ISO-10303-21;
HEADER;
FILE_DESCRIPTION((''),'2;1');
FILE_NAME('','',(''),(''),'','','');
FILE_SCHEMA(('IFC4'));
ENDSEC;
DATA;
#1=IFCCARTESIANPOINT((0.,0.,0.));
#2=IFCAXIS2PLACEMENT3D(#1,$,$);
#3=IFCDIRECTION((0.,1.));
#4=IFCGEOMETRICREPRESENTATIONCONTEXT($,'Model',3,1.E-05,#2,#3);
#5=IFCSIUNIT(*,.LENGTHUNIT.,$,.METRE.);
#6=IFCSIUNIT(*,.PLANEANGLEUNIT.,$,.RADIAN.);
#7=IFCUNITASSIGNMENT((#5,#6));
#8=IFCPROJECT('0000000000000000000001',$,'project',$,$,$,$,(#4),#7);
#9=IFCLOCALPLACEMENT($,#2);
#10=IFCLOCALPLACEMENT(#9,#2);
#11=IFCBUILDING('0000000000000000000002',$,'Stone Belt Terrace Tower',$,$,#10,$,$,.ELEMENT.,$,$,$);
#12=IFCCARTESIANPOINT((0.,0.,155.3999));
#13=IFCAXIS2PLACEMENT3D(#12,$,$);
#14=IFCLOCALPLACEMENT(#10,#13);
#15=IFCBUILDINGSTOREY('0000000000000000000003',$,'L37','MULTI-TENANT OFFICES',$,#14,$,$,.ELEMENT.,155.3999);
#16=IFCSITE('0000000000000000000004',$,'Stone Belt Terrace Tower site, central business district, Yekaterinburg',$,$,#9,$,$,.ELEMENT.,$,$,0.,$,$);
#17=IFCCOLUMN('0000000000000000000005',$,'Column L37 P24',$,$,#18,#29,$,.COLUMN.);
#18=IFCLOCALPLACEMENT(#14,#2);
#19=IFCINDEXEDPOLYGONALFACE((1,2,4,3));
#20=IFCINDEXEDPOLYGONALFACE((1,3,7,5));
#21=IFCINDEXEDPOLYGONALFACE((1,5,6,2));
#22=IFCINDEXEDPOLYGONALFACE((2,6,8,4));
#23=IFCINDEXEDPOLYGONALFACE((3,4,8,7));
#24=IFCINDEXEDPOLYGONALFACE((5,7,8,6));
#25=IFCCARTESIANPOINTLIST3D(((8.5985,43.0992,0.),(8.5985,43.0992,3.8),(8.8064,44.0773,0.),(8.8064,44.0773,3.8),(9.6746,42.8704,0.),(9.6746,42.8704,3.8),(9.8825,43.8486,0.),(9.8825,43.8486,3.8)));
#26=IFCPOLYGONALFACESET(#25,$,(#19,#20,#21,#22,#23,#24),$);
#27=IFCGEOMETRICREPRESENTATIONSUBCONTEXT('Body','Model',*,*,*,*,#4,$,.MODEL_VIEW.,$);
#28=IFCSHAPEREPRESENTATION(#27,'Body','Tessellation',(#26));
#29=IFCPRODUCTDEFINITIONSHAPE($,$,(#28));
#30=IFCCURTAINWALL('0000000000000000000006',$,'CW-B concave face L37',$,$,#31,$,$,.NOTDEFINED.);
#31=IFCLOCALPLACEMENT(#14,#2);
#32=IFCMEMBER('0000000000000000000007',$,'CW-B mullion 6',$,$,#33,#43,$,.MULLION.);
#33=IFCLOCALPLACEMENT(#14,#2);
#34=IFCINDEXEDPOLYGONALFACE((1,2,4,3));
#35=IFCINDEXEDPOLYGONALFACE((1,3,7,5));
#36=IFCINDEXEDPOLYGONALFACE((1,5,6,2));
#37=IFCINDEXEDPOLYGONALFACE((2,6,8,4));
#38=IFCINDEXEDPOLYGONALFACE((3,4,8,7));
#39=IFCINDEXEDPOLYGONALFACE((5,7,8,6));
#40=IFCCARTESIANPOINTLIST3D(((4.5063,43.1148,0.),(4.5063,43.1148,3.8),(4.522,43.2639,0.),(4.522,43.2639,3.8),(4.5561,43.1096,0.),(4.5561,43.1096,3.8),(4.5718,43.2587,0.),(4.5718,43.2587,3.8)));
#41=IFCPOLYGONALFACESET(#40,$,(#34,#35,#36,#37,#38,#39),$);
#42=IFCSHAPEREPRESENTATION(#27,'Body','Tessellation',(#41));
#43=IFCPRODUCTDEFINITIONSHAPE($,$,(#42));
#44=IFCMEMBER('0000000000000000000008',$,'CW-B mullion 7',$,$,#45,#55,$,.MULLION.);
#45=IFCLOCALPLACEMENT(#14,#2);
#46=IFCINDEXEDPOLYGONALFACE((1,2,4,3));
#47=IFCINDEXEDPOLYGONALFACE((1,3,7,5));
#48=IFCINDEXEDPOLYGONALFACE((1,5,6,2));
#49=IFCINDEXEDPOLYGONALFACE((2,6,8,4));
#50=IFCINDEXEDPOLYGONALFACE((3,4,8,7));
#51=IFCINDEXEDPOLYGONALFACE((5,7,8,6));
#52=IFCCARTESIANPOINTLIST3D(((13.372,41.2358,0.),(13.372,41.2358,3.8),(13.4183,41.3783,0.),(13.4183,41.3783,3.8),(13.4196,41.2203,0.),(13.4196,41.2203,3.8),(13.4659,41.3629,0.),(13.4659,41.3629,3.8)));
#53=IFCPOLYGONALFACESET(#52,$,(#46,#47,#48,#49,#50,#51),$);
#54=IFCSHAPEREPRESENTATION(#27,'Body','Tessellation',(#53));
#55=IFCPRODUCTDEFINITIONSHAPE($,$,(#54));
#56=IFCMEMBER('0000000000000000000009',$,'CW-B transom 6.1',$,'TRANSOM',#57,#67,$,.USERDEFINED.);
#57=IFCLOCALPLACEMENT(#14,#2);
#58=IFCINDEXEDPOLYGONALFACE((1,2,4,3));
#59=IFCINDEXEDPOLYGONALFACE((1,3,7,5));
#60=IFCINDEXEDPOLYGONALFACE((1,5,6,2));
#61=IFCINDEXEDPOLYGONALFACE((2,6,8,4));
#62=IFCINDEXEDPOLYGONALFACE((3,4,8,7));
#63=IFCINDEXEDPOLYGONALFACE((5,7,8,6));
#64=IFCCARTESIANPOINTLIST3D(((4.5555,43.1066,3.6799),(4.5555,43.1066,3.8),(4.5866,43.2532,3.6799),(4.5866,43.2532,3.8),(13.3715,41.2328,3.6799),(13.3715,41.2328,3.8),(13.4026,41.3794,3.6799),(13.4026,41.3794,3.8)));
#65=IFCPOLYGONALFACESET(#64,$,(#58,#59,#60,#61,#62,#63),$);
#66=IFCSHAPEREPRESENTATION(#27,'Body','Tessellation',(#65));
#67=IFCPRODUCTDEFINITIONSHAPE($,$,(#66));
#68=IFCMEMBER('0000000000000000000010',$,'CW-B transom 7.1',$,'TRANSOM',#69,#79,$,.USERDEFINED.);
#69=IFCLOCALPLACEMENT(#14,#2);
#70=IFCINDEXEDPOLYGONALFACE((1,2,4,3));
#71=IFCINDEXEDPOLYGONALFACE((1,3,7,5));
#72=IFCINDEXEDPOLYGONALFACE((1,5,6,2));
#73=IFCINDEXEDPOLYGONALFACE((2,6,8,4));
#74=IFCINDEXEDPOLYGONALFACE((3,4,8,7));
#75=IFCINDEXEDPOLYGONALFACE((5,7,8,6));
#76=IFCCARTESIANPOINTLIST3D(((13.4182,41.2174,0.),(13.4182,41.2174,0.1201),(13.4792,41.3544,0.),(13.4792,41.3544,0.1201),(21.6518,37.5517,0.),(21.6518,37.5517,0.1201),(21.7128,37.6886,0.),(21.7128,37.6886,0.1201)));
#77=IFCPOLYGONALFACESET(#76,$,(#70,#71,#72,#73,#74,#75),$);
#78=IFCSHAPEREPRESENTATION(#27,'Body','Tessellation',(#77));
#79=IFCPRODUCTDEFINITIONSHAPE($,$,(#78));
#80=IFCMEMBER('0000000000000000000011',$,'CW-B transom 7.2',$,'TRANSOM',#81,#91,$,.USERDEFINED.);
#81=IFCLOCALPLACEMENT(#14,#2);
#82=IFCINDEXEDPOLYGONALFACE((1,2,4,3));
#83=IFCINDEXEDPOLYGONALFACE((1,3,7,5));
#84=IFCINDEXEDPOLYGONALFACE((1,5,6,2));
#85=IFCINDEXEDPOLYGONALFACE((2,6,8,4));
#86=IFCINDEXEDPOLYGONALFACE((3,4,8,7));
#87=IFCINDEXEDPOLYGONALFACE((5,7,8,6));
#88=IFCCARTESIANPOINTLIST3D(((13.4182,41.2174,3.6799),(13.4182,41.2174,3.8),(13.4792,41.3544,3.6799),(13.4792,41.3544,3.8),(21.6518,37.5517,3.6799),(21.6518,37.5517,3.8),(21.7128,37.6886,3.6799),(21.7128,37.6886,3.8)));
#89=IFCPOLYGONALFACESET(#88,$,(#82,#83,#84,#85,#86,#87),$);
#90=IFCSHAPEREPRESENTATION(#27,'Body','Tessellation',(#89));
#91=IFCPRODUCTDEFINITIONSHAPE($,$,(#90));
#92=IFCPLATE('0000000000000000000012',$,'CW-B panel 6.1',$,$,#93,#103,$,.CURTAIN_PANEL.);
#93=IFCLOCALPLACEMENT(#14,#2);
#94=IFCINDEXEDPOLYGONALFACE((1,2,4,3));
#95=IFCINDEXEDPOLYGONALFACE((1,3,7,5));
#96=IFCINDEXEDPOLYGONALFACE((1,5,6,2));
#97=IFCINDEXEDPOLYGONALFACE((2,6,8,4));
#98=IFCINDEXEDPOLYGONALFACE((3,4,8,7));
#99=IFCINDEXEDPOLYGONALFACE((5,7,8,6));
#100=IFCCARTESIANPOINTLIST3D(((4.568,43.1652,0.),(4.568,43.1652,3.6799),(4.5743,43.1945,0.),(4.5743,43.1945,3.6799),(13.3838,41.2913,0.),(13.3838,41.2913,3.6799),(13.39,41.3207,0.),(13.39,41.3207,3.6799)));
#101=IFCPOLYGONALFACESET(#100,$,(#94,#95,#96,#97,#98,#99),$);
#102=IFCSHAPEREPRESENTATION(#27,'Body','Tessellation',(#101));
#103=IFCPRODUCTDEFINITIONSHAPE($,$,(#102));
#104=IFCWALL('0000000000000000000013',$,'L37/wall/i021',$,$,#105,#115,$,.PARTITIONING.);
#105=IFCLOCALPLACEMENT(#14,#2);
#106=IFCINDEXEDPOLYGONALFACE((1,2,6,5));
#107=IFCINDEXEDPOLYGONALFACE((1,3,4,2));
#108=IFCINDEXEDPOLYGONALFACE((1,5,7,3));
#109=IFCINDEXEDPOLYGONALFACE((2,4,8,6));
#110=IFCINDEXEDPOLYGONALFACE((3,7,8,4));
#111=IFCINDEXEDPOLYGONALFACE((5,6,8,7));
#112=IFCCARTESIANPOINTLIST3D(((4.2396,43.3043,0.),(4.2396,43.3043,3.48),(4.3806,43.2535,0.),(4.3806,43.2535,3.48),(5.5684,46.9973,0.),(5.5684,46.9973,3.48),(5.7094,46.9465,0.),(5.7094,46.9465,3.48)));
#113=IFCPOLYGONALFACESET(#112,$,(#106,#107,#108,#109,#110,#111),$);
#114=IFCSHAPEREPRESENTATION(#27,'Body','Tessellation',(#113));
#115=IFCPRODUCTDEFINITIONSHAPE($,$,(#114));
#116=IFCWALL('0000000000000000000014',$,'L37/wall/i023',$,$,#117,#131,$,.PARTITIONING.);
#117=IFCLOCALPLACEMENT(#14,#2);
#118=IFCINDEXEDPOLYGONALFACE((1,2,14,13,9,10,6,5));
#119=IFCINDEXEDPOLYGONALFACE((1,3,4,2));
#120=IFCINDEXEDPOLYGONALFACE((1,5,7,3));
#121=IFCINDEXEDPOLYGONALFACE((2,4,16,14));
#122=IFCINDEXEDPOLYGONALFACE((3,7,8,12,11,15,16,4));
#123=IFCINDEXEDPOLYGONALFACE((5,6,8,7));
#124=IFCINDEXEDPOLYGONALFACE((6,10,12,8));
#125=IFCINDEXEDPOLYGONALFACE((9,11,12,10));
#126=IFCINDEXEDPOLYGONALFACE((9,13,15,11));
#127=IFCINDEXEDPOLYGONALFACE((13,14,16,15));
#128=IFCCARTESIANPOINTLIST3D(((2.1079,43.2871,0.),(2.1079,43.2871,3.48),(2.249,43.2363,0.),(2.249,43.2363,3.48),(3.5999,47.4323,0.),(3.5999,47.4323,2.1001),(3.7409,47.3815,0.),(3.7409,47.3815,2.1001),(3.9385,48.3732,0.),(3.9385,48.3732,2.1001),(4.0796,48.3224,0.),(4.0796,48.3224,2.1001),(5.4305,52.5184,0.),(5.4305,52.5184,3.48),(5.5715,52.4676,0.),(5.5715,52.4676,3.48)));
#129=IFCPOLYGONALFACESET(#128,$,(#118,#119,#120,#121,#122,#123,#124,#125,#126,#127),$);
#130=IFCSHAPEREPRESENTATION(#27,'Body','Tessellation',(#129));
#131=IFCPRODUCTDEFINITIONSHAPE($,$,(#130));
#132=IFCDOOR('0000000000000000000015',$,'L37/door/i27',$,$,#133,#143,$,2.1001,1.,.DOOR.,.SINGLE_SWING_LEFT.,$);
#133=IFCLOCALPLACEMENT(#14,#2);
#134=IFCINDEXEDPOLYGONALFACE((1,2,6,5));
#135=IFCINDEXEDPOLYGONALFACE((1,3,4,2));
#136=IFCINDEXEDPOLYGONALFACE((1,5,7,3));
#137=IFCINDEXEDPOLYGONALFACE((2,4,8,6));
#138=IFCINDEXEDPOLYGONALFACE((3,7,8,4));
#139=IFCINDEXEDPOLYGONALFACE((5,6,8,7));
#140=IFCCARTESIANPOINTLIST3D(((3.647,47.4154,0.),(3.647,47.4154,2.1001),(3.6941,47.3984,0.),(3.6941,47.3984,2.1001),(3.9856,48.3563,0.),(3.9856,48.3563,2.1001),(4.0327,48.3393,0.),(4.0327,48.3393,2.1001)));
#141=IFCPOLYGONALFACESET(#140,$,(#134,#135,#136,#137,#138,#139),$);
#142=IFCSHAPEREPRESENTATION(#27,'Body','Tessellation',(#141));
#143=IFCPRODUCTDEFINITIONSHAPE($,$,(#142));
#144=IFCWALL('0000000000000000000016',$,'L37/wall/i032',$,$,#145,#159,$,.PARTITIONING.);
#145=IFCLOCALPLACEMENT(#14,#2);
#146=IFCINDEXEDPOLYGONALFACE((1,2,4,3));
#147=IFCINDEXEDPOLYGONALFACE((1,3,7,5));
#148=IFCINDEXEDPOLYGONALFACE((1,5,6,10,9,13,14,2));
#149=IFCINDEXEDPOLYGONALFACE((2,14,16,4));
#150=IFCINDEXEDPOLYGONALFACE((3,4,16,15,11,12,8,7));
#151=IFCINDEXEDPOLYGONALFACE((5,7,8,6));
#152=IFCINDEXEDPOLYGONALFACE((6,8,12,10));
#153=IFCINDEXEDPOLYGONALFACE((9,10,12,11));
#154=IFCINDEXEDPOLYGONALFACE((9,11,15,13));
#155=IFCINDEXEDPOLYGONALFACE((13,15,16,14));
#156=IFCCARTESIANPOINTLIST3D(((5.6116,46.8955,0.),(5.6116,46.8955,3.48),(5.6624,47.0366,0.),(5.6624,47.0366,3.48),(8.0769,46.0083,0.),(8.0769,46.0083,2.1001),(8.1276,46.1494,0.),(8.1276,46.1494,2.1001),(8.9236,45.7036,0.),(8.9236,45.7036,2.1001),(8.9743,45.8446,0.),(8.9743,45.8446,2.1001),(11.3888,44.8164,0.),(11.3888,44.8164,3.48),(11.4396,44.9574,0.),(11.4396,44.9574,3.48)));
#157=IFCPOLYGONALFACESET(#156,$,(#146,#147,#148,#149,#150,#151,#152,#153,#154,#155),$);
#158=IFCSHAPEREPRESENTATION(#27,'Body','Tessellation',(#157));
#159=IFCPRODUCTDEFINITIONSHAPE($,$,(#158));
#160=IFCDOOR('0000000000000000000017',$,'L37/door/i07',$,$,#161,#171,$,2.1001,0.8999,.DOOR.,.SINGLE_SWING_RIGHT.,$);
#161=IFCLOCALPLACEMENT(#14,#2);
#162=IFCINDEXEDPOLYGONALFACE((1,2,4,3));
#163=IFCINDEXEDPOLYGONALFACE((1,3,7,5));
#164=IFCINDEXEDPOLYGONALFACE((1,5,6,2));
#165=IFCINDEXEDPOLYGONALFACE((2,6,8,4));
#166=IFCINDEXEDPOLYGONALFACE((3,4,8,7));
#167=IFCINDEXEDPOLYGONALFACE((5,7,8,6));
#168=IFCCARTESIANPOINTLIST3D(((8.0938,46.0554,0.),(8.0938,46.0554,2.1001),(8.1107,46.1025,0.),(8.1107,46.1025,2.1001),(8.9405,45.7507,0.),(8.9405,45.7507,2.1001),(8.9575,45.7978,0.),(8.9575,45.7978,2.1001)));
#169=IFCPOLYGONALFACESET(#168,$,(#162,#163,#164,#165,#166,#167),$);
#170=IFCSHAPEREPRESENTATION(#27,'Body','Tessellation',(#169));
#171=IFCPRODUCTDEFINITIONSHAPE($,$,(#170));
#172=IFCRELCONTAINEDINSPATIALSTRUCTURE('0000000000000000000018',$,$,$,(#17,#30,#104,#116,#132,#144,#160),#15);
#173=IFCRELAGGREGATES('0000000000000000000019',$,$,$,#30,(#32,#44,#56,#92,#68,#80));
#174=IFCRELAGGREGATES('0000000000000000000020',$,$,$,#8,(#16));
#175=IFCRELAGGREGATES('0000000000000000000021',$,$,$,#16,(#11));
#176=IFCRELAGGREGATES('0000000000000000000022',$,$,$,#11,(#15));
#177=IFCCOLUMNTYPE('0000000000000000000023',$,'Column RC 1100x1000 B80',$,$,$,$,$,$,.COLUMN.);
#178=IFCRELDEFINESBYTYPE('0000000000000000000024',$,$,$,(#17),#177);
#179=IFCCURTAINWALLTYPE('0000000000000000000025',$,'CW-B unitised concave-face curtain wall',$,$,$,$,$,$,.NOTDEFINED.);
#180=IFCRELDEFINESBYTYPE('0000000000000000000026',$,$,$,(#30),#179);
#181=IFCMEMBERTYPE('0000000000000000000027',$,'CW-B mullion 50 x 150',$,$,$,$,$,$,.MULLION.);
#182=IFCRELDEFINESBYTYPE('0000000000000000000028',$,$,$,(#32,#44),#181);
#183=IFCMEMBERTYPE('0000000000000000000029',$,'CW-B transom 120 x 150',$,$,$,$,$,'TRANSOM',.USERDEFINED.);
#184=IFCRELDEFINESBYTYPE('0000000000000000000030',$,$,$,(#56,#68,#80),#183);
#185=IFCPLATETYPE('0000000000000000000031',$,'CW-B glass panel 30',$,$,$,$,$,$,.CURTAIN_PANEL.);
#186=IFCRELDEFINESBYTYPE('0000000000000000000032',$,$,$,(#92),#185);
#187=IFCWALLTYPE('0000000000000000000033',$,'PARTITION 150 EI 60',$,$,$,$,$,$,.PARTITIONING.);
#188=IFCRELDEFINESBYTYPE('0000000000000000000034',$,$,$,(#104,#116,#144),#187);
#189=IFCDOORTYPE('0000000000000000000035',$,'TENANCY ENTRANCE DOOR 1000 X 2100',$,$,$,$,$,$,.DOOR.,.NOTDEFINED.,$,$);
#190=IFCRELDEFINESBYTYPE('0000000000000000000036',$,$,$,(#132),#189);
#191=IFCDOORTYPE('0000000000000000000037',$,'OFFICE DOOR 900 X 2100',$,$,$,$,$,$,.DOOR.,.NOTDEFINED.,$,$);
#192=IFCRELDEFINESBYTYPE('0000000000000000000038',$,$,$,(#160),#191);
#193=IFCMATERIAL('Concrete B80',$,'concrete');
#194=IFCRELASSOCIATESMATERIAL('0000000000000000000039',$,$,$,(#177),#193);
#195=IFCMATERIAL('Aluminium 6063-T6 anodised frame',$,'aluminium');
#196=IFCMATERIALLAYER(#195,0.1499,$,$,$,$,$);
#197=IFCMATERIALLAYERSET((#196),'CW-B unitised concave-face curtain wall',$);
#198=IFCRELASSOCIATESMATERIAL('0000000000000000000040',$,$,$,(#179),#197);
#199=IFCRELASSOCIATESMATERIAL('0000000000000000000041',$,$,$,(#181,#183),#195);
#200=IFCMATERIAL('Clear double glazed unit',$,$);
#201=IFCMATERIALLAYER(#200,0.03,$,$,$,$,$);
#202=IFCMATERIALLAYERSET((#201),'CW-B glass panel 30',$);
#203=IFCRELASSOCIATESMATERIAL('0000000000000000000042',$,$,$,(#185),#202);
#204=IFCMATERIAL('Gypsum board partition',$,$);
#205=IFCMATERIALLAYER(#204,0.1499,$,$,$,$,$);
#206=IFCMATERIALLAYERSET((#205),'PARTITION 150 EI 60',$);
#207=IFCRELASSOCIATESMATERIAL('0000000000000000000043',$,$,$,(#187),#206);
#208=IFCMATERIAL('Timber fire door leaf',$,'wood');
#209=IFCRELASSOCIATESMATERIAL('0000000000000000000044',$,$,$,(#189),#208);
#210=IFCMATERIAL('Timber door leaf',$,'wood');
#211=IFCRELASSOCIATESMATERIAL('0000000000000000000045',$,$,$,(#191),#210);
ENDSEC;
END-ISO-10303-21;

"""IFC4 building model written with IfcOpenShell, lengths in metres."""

from ifc_helpers import new_model, si_unit, direction, frame, frame_2d, origin, origin_2d, place, context, subcontext, project, spatial, rectangle, extrude, material, layer, layer_set, material_profile, profile_set, type_object, element, fill, aggregate, save


model = new_model("IFC4")

# Units and contexts
model_context = context("Model", 3, precision=1e-05, world=origin(), true_north=direction((0.0, 1.0)))
body_context = subcontext(model_context, "Body", "Model", "MODEL_VIEW")
ifc_project = project(units=[si_unit("LENGTHUNIT", "METRE"), si_unit("PLANEANGLEUNIT", "RADIAN")], contexts=[model_context])

# Site, building, storey
site_placement = place(None, origin())
site = spatial("IfcSite", under=ifc_project, at=site_placement, Name="Stone Belt Terrace Tower site, central business district, Yekaterinburg", CompositionType="ELEMENT", RefElevation=0.0)
building_placement = place(site_placement, origin())
building = spatial("IfcBuilding", under=site, at=building_placement, Name="Stone Belt Terrace Tower", CompositionType="ELEMENT")
storey_placement = place(building_placement, frame((0.0, 0.0, 155.3999)))
storey = spatial("IfcBuildingStorey", under=building, at=storey_placement, Name="L37", Description="MULTI-TENANT OFFICES", CompositionType="ELEMENT", Elevation=155.3999)

# Column
ifc_material_1 = material(Name="Concrete B80", Category="concrete")
ifc_material_profile_1 = material_profile(ifc_material_1, rectangle(XDim=1.1001, YDim=1.0, at=origin_2d()), Name="RC 1100x1000")
ifc_profile_set_1 = profile_set([ifc_material_profile_1], Name="Concrete B80")
column_type = type_object("IfcColumnType", Name="Column RC 1100x1000 B80", PredefinedType="COLUMN", material=ifc_profile_set_1)
column_placement = place(storey_placement, frame((9.2405, 43.4739, 0.0), z_axis=(0.0, 0.0, 1.0), x_axis=(0.978148, -0.207912, 0.0)))
element("IfcColumn", 1, at=column_placement, inside=storey, type_object=column_type, Name="Column L37 P24", PredefinedType="COLUMN", context=body_context, shape_type="SweptSolid", body=[
    extrude(rectangle(XDim=1.1001, YDim=1.0, at=origin_2d()), origin(), (0.0, 0.0, 1.0), 3.8),
])

# Curtain wall, members, plate
ifc_material_2 = material(Name="Aluminium 6063-T6 anodised frame", Category="aluminium")
ifc_layer_1 = layer(ifc_material_2, 0.1499)
ifc_layer_set_1 = layer_set([ifc_layer_1], Name="CW-B unitised concave-face curtain wall")
curtain_wall_type = type_object("IfcCurtainWallType", Name="CW-B unitised concave-face curtain wall", PredefinedType="NOTDEFINED", material=ifc_layer_set_1)
curtain_wall_placement = place(storey_placement, origin())
curtain_wall = element("IfcCurtainWall", 2, at=curtain_wall_placement, inside=storey, type_object=curtain_wall_type, Name="CW-B concave face L37", PredefinedType="NOTDEFINED")
ifc_material_profile_2 = material_profile(ifc_material_2, rectangle(XDim=0.1499, YDim=0.05, at=origin_2d()), Name="Aluminium 6063-T6 50x150")
ifc_profile_set_2 = profile_set([ifc_material_profile_2], Name="Aluminium 6063-T6 anodised frame")
member_type_1 = type_object("IfcMemberType", Name="CW-B mullion 50 x 150", PredefinedType="MULLION", material=ifc_profile_set_2)
member_1_placement = place(storey_placement, frame((4.5391, 43.1868, 0.0), z_axis=(0.0, 0.0, 1.0), x_axis=(0.104528, 0.994522, 0.0)))
member_1 = element("IfcMember", 3, at=member_1_placement, type_object=member_type_1, Name="CW-B mullion 6", PredefinedType="MULLION", context=body_context, shape_type="SweptSolid", body=[
    extrude(rectangle(XDim=0.1499, YDim=0.05, at=origin_2d()), origin(), (0.0, 0.0, 1.0), 3.8),
])
member_2_placement = place(storey_placement, frame((13.4189, 41.2993, 0.0), z_axis=(0.0, 0.0, 1.0), x_axis=(0.309017, 0.951057, 0.0)))
member_2 = element("IfcMember", 4, at=member_2_placement, type_object=member_type_1, Name="CW-B mullion 7", PredefinedType="MULLION", context=body_context, shape_type="SweptSolid", body=[
    extrude(rectangle(XDim=0.1499, YDim=0.05, at=origin_2d()), origin(), (0.0, 0.0, 1.0), 3.8),
])
ifc_material_profile_3 = material_profile(ifc_material_2, rectangle(XDim=0.1499, YDim=0.1201, at=origin_2d()), Name="Aluminium 6063-T6 150x120")
ifc_profile_set_3 = profile_set([ifc_material_profile_3], Name="Aluminium 6063-T6 anodised frame")
member_type_2 = type_object("IfcMemberType", Name="CW-B transom 120 x 150", ElementType="TRANSOM", PredefinedType="USERDEFINED", material=ifc_profile_set_3)
member_3_placement = place(storey_placement, frame((4.571, 43.1799, 3.74), z_axis=(0.97815, -0.207901, 0.0), x_axis=(0.207901, 0.97815, 0.0)))
member_3 = element("IfcMember", 5, at=member_3_placement, type_object=member_type_2, Name="CW-B transom 6.1", ObjectType="TRANSOM", PredefinedType="USERDEFINED", context=body_context, shape_type="SweptSolid", body=[
    extrude(rectangle(XDim=0.1499, YDim=0.1201, at=origin_2d()), origin(), (0.0, 0.0, 1.0), 9.0129),
])
member_4_placement = place(storey_placement, frame((13.4487, 41.2859, 0.0601), z_axis=(0.913549, -0.406729, 0.0), x_axis=(0.406729, 0.913549, 0.0)))
member_4 = element("IfcMember", 6, at=member_4_placement, type_object=member_type_2, Name="CW-B transom 7.1", ObjectType="TRANSOM", PredefinedType="USERDEFINED", context=body_context, shape_type="SweptSolid", body=[
    extrude(rectangle(XDim=0.1499, YDim=0.1201, at=origin_2d()), origin(), (0.0, 0.0, 1.0), 9.0127),
])
member_5_placement = place(storey_placement, frame((13.4487, 41.2859, 3.74), z_axis=(0.913549, -0.406729, 0.0), x_axis=(0.406729, 0.913549, 0.0)))
member_5 = element("IfcMember", 7, at=member_5_placement, type_object=member_type_2, Name="CW-B transom 7.2", ObjectType="TRANSOM", PredefinedType="USERDEFINED", context=body_context, shape_type="SweptSolid", body=[
    extrude(rectangle(XDim=0.1499, YDim=0.1201, at=origin_2d()), origin(), (0.0, 0.0, 1.0), 9.0127),
])
ifc_material_3 = material(Name="Clear double glazed unit")
ifc_layer_2 = layer(ifc_material_3, 0.03)
ifc_layer_set_2 = layer_set([ifc_layer_2], Name="CW-B glass panel 30")
plate_type = type_object("IfcPlateType", Name="CW-B glass panel 30", PredefinedType="CURTAIN_PANEL", material=ifc_layer_set_2)
plate_placement = place(storey_placement, frame((8.979, 42.2429, 0.0), z_axis=(0.0, 0.0, 1.0), x_axis=(0.978148, -0.207912, 0.0)))
plate = element("IfcPlate", 8, at=plate_placement, type_object=plate_type, Name="CW-B panel 6.1", PredefinedType="CURTAIN_PANEL", context=body_context, shape_type="SweptSolid", body=[
    extrude(rectangle(XDim=9.0127, YDim=0.03, at=origin_2d()), origin(), (0.0, 0.0, 1.0), 3.6799),
])
aggregate(curtain_wall, [member_1, member_2, member_3, plate, member_4, member_5])

# Wall
ifc_material_4 = material(Name="Gypsum board partition")
ifc_layer_3 = layer(ifc_material_4, 0.1499)
ifc_layer_set_3 = layer_set([ifc_layer_3], Name="PARTITION 150 EI 60")
wall_type_1 = type_object("IfcWallType", Name="PARTITION 150 EI 60", PredefinedType="PARTITIONING", material=ifc_layer_set_3)
wall_1_placement = place(storey_placement, frame((5.6389, 46.9719, 0.0), z_axis=(0.0, 0.0, 1.0), x_axis=(-0.33857, -0.940941, 0.0)))
element("IfcWall", 9, at=wall_1_placement, inside=storey, type_object=wall_type_1, Name="L37/wall/i021", PredefinedType="PARTITIONING", context=body_context, shape_type="SweptSolid", body=[
    extrude(rectangle(XDim=3.9248, YDim=0.1499, at=frame_2d((1.9624, 0.0))), origin(), (0.0, 0.0, 1.0), 3.48),
])

# Walls, openings, doors
wall_2_placement = place(storey_placement, frame((2.1785, 43.2617, 0.0), z_axis=(0.0, 0.0, 1.0), x_axis=(0.338654, 0.940911, 0.0)))
wall_2 = element("IfcWall", 10, at=wall_2_placement, inside=storey, type_object=wall_type_1, Name="L37/wall/i023", PredefinedType="PARTITIONING", context=body_context, shape_type="SweptSolid", body=[
    extrude(rectangle(XDim=9.811, YDim=0.1499, at=frame_2d((4.9055, 0.0))), origin(), (0.0, 0.0, 1.0), 3.48),
])
opening_1_placement = place(wall_2_placement, frame((4.4055, 0.0, 0.0)))
opening_1 = element("IfcOpeningElement", 11, at=opening_1_placement, cuts=wall_2, PredefinedType="OPENING", context=body_context, shape_type="SweptSolid", body=[
    extrude(rectangle(XDim=1.0, YDim=2.1001, at=frame_2d((0.5, 1.05))), frame((0.0, 0.085, 0.0), z_axis=(0.0, -1.0, 0.0), x_axis=(1.0, 0.0, 0.0)), (0.0, 0.0, 1.0), 0.1699),
])
ifc_material_5 = material(Name="Timber fire door leaf", Category="wood")
door_type_1 = type_object("IfcDoorType", Name="TENANCY ENTRANCE DOOR 1000 X 2100", OperationType="NOTDEFINED", PredefinedType="DOOR", material=ifc_material_5)
door_1_placement = place(opening_1_placement, origin())
door_1 = element("IfcDoor", 12, at=door_1_placement, inside=storey, type_object=door_type_1, Name="L37/door/i27", OperationType="SINGLE_SWING_LEFT", OverallHeight=2.1001, OverallWidth=1.0, PredefinedType="DOOR", context=body_context, shape_type="SweptSolid", body=[
    extrude(rectangle(XDim=1.0, YDim=2.1001, at=frame_2d((0.5, 1.05))), frame((0.0, 0.0249, 0.0), z_axis=(0.0, -1.0, 0.0), x_axis=(1.0, 0.0, 0.0)), (0.0, 0.0, 1.0), 0.05),
])
fill(opening_1, door_1)
wall_3_placement = place(storey_placement, frame((11.4141, 44.887, 0.0), z_axis=(0.0, 0.0, 1.0), x_axis=(-0.940921, 0.338625, 0.0)))
wall_3 = element("IfcWall", 13, at=wall_3_placement, inside=storey, type_object=wall_type_1, Name="L37/wall/i032", PredefinedType="PARTITIONING", context=body_context, shape_type="SweptSolid", body=[
    extrude(rectangle(XDim=6.1399, YDim=0.1499, at=frame_2d((3.0698, 0.0))), origin(), (0.0, 0.0, 1.0), 3.48),
])
opening_2_placement = place(wall_3_placement, frame((2.6199, 0.0, 0.0)))
opening_2 = element("IfcOpeningElement", 14, at=opening_2_placement, cuts=wall_3, PredefinedType="OPENING", context=body_context, shape_type="SweptSolid", body=[
    extrude(rectangle(XDim=0.8999, YDim=2.1001, at=frame_2d((0.45, 1.05))), frame((0.0, 0.085, 0.0), z_axis=(0.0, -1.0, 0.0), x_axis=(1.0, 0.0, 0.0)), (0.0, 0.0, 1.0), 0.1699),
])
ifc_material_6 = material(Name="Timber door leaf", Category="wood")
door_type_2 = type_object("IfcDoorType", Name="OFFICE DOOR 900 X 2100", OperationType="NOTDEFINED", PredefinedType="DOOR", material=ifc_material_6)
door_2_placement = place(opening_2_placement, origin())
door_2 = element("IfcDoor", 15, at=door_2_placement, inside=storey, type_object=door_type_2, Name="L37/door/i07", OperationType="SINGLE_SWING_RIGHT", OverallHeight=2.1001, OverallWidth=0.8999, PredefinedType="DOOR", context=body_context, shape_type="SweptSolid", body=[
    extrude(rectangle(XDim=0.8999, YDim=2.1001, at=frame_2d((0.45, 1.05))), frame((0.0, 0.0249, 0.0), z_axis=(0.0, -1.0, 0.0), x_axis=(1.0, 0.0, 0.0)), (0.0, 0.0, 1.0), 0.05),
])
fill(opening_2, door_2)

save(model, "model.ifc")
